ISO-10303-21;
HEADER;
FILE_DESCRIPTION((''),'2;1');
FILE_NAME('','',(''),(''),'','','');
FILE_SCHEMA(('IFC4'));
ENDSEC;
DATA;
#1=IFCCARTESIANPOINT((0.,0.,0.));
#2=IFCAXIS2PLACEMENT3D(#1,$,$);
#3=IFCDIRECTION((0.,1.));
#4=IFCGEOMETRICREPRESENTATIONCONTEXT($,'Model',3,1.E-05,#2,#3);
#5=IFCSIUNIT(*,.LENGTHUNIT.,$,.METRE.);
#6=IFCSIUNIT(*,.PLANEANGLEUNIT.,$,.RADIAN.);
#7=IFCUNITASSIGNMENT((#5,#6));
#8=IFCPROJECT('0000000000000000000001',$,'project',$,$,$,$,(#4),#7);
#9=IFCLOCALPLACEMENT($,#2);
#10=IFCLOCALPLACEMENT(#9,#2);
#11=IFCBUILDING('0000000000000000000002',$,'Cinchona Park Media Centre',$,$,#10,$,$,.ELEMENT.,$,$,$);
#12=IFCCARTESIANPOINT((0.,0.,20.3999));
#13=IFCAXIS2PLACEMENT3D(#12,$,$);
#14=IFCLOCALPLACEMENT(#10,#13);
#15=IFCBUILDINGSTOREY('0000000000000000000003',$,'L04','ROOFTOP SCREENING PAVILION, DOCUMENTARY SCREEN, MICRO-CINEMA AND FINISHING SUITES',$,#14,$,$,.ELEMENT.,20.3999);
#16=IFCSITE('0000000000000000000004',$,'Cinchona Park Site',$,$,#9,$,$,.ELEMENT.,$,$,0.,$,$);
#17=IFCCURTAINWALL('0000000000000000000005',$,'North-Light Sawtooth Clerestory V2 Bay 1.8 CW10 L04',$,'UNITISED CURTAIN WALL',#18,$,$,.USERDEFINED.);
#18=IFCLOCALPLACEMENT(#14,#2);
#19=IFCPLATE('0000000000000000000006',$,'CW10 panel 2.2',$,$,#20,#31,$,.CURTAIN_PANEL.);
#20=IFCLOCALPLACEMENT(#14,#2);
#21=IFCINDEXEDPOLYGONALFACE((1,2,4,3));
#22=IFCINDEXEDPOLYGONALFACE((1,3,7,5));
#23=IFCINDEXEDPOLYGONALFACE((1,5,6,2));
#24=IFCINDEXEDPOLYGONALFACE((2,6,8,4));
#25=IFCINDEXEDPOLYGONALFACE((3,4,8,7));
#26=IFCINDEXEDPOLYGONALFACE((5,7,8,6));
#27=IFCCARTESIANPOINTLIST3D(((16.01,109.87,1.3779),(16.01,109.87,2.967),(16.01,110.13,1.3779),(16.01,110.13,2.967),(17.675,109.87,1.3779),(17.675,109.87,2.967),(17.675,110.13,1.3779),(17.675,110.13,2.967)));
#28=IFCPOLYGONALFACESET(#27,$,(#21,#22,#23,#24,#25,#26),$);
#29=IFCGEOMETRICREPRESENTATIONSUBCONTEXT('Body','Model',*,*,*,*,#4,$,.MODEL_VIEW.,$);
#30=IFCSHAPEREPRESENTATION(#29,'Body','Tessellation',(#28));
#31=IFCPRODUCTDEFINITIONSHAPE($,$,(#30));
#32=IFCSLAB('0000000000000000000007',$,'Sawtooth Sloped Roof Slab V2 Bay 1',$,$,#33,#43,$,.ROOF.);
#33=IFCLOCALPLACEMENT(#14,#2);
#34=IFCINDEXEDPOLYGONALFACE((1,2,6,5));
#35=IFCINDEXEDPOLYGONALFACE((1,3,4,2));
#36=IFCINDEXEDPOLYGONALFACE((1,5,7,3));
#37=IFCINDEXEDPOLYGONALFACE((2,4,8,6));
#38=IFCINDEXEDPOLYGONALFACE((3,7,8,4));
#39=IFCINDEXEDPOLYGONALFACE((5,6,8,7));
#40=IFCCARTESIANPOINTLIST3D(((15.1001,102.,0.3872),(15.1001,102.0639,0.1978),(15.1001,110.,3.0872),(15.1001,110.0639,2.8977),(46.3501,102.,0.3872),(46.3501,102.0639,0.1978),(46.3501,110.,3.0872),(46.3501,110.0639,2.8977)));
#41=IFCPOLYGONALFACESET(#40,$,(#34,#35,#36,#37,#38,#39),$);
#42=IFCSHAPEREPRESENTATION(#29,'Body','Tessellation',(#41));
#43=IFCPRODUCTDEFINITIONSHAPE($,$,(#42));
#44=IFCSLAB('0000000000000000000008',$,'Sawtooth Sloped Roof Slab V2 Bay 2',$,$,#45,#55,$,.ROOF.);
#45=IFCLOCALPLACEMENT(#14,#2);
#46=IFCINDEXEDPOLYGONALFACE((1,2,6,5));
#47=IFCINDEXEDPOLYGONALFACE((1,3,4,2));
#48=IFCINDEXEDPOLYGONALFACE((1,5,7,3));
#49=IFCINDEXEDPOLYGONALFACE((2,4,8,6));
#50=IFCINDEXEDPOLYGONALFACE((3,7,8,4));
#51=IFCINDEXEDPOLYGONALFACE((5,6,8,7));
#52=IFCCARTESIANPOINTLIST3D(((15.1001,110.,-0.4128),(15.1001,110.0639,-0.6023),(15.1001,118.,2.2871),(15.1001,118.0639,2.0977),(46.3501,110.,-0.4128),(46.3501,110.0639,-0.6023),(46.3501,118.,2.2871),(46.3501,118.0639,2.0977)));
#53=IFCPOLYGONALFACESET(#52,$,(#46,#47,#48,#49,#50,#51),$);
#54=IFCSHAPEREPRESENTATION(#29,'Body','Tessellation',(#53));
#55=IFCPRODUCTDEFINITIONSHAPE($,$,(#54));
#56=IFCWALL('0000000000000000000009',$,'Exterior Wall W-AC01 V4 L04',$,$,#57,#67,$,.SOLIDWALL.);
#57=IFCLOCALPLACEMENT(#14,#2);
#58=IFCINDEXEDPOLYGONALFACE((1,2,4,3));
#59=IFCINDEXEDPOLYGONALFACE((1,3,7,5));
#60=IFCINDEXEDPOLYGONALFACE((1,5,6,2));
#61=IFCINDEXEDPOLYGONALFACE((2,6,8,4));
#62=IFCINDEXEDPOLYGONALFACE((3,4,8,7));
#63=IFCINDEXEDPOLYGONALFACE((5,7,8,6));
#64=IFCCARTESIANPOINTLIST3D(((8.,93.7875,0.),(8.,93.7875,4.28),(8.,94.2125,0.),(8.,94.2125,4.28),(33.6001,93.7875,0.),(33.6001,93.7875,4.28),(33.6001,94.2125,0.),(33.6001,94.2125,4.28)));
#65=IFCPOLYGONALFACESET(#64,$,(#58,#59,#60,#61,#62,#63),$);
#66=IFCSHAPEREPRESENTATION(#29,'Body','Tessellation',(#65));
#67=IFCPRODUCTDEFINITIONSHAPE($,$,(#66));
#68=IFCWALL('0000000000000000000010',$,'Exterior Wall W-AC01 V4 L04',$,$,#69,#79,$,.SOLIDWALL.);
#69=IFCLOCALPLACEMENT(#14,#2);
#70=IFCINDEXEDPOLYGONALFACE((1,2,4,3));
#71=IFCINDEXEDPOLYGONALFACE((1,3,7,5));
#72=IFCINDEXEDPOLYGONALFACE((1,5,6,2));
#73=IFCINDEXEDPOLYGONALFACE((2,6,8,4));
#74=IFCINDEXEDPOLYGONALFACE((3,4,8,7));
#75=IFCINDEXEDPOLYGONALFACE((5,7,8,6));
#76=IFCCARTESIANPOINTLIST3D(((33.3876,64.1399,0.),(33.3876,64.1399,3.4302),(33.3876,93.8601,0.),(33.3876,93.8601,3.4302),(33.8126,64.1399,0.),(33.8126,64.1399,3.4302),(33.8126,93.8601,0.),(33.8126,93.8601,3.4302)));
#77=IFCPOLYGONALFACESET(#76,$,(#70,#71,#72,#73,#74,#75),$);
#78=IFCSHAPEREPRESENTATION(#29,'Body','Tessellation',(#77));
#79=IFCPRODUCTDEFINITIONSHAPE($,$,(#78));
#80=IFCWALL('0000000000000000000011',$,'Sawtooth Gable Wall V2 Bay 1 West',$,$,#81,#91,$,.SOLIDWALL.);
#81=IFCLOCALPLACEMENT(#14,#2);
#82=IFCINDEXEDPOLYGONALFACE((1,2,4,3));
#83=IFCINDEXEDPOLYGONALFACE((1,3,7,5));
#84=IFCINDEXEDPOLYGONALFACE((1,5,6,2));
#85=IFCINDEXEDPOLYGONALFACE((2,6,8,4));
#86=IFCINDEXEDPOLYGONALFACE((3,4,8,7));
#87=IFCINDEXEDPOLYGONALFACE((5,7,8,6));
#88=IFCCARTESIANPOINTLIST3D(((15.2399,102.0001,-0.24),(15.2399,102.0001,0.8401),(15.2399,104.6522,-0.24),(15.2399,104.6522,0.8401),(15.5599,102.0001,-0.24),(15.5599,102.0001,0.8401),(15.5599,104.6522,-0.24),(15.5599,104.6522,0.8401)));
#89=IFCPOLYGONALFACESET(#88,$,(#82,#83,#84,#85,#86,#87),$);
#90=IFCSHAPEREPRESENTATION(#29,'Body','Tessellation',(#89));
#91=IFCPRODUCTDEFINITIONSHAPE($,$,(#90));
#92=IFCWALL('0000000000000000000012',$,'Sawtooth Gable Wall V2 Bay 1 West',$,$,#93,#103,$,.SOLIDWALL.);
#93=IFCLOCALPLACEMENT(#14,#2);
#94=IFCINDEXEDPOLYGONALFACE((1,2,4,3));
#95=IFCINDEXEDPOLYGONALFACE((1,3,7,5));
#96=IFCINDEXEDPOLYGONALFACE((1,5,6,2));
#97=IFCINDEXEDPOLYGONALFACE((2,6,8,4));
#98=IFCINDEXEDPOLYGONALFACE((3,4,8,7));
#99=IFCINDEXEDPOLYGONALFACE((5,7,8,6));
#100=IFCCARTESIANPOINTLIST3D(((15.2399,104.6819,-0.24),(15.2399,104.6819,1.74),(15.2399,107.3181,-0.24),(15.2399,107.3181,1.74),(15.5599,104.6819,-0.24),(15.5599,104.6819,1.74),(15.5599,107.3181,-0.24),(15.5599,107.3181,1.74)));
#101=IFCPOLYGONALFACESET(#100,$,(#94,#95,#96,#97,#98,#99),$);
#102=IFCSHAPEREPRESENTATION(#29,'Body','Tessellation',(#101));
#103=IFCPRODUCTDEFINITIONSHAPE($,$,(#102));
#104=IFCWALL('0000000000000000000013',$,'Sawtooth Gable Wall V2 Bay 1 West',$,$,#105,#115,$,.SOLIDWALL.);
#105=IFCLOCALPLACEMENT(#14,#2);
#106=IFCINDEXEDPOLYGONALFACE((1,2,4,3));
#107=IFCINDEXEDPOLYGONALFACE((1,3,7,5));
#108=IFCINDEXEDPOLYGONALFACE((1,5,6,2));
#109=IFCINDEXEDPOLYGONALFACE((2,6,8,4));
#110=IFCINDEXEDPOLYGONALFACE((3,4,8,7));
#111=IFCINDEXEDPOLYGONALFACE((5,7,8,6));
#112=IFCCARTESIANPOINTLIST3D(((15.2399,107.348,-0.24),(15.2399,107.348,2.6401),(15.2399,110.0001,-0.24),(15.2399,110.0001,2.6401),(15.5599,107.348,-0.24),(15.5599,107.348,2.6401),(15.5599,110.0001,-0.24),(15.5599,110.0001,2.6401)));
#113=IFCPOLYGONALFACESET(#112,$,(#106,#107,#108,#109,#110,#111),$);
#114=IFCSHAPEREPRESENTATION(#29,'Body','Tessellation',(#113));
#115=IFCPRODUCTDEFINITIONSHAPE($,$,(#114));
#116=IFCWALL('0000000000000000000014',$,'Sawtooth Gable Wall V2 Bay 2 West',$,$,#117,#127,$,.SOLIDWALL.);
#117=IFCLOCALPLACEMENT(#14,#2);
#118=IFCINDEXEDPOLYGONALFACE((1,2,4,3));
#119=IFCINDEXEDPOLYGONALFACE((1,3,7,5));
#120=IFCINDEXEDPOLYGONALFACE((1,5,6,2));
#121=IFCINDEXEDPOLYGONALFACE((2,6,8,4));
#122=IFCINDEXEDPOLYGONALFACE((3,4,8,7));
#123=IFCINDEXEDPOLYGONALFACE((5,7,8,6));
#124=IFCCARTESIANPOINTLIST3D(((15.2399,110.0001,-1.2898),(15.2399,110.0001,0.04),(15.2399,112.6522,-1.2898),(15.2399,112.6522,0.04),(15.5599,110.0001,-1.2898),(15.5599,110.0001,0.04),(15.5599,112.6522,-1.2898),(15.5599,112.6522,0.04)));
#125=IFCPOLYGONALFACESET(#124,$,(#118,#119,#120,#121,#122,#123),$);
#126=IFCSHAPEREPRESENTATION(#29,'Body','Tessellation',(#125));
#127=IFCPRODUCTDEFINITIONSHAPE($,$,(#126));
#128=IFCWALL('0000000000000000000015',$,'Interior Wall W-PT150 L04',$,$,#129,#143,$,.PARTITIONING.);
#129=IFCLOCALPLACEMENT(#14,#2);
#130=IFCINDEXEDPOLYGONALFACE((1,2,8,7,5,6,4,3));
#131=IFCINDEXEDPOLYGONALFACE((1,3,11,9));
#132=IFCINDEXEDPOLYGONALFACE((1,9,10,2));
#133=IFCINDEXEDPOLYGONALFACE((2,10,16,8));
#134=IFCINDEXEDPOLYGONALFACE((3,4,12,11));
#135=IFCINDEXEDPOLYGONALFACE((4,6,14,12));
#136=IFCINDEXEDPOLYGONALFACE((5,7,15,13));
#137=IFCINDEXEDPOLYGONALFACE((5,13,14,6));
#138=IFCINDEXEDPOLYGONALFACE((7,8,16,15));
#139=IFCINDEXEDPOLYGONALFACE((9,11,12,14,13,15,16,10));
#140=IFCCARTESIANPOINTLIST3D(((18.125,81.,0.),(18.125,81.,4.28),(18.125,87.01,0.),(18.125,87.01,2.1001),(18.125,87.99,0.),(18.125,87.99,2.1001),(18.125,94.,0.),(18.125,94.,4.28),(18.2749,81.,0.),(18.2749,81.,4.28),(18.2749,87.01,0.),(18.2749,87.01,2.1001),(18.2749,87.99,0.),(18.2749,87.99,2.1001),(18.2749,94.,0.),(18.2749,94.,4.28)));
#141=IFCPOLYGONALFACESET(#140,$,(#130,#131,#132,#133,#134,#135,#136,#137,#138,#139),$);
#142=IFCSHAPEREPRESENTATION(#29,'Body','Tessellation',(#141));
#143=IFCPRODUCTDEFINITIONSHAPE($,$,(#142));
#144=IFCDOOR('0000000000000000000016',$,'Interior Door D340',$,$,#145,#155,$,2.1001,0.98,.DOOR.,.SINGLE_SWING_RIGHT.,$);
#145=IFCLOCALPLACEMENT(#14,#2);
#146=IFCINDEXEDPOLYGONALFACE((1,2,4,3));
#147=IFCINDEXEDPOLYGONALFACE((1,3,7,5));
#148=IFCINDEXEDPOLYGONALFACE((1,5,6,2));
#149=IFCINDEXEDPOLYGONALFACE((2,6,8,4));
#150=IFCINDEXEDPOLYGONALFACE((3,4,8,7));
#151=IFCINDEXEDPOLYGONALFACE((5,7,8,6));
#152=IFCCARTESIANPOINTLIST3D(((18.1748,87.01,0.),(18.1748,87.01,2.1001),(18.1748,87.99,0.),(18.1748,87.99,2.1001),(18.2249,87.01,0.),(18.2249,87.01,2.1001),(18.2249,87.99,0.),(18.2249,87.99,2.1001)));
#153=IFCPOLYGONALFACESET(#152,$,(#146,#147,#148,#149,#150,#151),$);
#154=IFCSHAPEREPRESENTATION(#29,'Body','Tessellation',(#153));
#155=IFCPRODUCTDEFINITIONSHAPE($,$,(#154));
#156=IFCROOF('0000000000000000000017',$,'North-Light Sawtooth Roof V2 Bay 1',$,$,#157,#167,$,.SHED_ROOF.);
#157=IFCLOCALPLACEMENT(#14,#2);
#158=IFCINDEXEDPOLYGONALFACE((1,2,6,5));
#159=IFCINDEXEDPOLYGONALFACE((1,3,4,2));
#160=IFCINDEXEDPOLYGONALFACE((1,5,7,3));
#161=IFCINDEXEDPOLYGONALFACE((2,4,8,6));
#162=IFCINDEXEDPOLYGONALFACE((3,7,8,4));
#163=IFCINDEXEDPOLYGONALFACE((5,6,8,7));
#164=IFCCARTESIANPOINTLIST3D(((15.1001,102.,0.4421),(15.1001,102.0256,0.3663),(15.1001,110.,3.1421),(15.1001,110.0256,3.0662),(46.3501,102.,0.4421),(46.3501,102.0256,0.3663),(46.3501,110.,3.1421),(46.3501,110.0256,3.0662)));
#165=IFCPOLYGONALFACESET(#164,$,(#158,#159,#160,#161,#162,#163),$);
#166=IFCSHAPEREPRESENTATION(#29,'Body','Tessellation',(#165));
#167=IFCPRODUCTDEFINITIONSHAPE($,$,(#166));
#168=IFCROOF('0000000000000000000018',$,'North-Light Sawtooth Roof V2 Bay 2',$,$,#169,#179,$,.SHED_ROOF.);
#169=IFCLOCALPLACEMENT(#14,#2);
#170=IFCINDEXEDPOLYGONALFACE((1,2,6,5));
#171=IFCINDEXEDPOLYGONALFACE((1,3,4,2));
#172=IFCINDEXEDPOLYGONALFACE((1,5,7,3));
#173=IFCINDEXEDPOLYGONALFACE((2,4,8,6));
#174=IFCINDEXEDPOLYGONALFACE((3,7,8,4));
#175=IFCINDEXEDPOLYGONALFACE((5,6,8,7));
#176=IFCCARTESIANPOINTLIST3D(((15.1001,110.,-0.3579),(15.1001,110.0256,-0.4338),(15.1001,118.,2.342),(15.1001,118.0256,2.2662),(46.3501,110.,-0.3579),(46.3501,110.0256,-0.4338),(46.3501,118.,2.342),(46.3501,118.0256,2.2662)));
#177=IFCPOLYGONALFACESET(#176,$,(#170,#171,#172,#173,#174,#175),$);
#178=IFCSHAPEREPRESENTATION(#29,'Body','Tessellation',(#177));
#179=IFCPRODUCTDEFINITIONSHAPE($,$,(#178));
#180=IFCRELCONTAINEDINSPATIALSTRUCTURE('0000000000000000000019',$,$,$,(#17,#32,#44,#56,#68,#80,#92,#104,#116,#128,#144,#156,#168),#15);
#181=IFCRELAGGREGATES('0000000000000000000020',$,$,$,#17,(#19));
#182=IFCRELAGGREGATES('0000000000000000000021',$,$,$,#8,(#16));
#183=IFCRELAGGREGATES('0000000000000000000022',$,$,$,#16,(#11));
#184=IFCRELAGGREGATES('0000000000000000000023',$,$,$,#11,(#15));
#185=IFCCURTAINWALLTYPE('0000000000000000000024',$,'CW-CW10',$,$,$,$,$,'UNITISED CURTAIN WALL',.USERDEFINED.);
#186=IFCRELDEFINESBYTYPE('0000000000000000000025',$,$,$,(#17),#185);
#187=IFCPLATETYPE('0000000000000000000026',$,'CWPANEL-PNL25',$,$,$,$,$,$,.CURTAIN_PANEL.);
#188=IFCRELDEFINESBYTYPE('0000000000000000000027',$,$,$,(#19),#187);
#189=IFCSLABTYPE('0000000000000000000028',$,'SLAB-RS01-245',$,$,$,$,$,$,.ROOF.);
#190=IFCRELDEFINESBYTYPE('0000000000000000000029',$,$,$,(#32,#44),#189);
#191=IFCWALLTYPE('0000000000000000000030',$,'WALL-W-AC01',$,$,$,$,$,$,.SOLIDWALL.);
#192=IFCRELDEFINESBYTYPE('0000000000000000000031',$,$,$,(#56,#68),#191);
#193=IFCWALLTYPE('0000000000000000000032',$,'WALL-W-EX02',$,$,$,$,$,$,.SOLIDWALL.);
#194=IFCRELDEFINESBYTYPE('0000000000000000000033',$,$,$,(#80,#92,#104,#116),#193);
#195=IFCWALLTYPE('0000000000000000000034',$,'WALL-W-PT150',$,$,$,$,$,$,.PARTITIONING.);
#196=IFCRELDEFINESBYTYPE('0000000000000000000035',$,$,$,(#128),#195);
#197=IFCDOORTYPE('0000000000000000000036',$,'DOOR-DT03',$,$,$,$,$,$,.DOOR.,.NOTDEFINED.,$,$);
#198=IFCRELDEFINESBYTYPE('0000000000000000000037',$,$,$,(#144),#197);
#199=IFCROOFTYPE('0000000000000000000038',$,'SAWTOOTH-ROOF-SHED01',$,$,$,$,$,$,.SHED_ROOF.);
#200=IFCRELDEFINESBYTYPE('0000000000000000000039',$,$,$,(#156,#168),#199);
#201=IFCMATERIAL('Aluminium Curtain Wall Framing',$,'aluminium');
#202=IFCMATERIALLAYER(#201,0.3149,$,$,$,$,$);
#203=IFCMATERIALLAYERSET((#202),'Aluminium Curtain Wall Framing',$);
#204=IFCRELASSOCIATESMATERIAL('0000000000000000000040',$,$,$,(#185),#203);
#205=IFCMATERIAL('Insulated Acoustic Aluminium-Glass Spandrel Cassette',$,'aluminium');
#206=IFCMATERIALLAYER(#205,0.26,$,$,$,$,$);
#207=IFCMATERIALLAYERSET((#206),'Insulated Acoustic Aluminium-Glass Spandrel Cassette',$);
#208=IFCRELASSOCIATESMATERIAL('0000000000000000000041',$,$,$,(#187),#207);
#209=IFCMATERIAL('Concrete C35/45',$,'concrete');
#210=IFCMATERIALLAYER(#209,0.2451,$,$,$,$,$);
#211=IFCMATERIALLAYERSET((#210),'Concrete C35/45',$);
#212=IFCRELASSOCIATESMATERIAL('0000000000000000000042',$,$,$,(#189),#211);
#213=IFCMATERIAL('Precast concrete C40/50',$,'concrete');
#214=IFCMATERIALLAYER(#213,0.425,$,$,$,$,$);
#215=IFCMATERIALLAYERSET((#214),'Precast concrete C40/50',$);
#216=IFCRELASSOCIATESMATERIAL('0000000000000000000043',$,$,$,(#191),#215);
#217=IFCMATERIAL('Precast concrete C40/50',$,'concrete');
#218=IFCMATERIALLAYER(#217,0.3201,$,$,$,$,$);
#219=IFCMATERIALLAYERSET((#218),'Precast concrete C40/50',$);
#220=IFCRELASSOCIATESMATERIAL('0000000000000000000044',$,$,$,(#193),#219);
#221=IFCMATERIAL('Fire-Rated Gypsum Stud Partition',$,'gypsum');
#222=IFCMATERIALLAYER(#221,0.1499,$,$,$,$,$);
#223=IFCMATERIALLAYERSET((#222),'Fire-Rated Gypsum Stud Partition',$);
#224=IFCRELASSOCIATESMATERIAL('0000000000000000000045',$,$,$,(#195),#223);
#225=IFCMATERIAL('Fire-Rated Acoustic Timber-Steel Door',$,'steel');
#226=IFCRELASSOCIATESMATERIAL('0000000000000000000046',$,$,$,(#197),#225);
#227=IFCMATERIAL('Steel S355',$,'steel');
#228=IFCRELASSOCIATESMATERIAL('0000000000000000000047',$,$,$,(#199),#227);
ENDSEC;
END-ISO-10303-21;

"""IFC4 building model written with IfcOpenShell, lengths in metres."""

from ifc_helpers import new_model, si_unit, direction, frame, frame_2d, origin, origin_2d, place, context, subcontext, project, spatial, polyline, rectangle, outline, extrude, material, layer, layer_set, type_object, element, fill, aggregate, save


model = new_model("IFC4")

# Units and contexts
model_context = context("Model", 3, precision=1e-05, world=origin(), true_north=direction((0.0, 1.0)))
body_context = subcontext(model_context, "Body", "Model", "MODEL_VIEW")
ifc_project = project(units=[si_unit("LENGTHUNIT", "METRE"), si_unit("PLANEANGLEUNIT", "RADIAN")], contexts=[model_context])

# Site, building, storey
site_placement = place(None, origin())
site = spatial("IfcSite", under=ifc_project, at=site_placement, Name="Cinchona Park Site", CompositionType="ELEMENT", RefElevation=0.0)
building_placement = place(site_placement, origin())
building = spatial("IfcBuilding", under=site, at=building_placement, Name="Cinchona Park Media Centre", CompositionType="ELEMENT")
storey_placement = place(building_placement, frame((0.0, 0.0, 20.3999)))
storey = spatial("IfcBuildingStorey", under=building, at=storey_placement, Name="L04", Description="ROOFTOP SCREENING PAVILION, DOCUMENTARY SCREEN, MICRO-CINEMA AND FINISHING SUITES", CompositionType="ELEMENT", Elevation=20.3999)

# Curtain wall, plate
ifc_material_1 = material(Name="Aluminium Curtain Wall Framing", Category="aluminium")
ifc_layer_1 = layer(ifc_material_1, 0.3149)
ifc_layer_set_1 = layer_set([ifc_layer_1], Name="Aluminium Curtain Wall Framing")
curtain_wall_type = type_object("IfcCurtainWallType", Name="CW-CW10", ElementType="UNITISED CURTAIN WALL", PredefinedType="USERDEFINED", material=ifc_layer_set_1)
curtain_wall_placement = place(storey_placement, origin())
curtain_wall = element("IfcCurtainWall", 1, at=curtain_wall_placement, inside=storey, type_object=curtain_wall_type, Name="North-Light Sawtooth Clerestory V2 Bay 1.8 CW10 L04", ObjectType="UNITISED CURTAIN WALL", PredefinedType="USERDEFINED")
ifc_material_2 = material(Name="Insulated Acoustic Aluminium-Glass Spandrel Cassette", Category="aluminium")
ifc_layer_2 = layer(ifc_material_2, 0.26)
ifc_layer_set_2 = layer_set([ifc_layer_2], Name="Insulated Acoustic Aluminium-Glass Spandrel Cassette")
plate_type = type_object("IfcPlateType", Name="CWPANEL-PNL25", PredefinedType="CURTAIN_PANEL", material=ifc_layer_set_2)
plate_1_placement = place(storey_placement, frame((16.8425, 110.0, 1.3779), z_axis=(0.0, 0.0, 1.0), x_axis=(-1.0, 0.0, 0.0)))
plate_1 = element("IfcPlate", 2, at=plate_1_placement, type_object=plate_type, Name="CW10 panel 2.2", PredefinedType="CURTAIN_PANEL", context=body_context, shape_type="SweptSolid", body=[
    extrude(rectangle(XDim=1.665, YDim=0.26, at=origin_2d()), origin(), (0.0, 0.0, 1.0), 1.5891),
])
aggregate(curtain_wall, [plate_1])

# Slabs
ifc_material_3 = material(Name="Concrete C35/45", Category="concrete")
ifc_layer_3 = layer(ifc_material_3, 0.2451)
ifc_layer_set_3 = layer_set([ifc_layer_3], Name="Concrete C35/45")
slab_type = type_object("IfcSlabType", Name="SLAB-RS01-245", PredefinedType="ROOF", material=ifc_layer_set_3)
for number, where, z_axis, x_axis, name in (
    (3, (15.1001, 102.0, 0.3872), (0.0, -0.319773, 0.947494), (1.0, 0.0, 0.0), "Sawtooth Sloped Roof Slab V2 Bay 1"),
    (4, (15.1001, 110.0, -0.4128), (0.0, -0.319773, 0.947494), (1.0, 0.0, 0.0), "Sawtooth Sloped Roof Slab V2 Bay 2"),
):
    element("IfcSlab", number, at=place(storey_placement, frame(where, z_axis=z_axis, x_axis=x_axis)), inside=storey, type_object=slab_type, Name=name, PredefinedType="ROOF", context=body_context, shape_type="SweptSolid", body=[
        extrude(outline(polyline([(0.0, 0.0), (31.25, 0.0), (31.25, 8.4433), (0.0, 8.4433), (0.0, 0.0)])), origin(), (0.0, 0.0, -1.0), 0.2),
    ])

# Walls
ifc_material_4 = material(Name="Precast concrete C40/50", Category="concrete")
ifc_layer_4 = layer(ifc_material_4, 0.425)
ifc_layer_set_4 = layer_set([ifc_layer_4], Name="Precast concrete C40/50")
wall_type_1 = type_object("IfcWallType", Name="WALL-W-AC01", PredefinedType="SOLIDWALL", material=ifc_layer_set_4)
wall_1_placement = place(storey_placement, frame((8.0, 94.0, 0.0), z_axis=(0.0, 0.0, 1.0), x_axis=(1.0, 0.0, 0.0)))
element("IfcWall", 5, at=wall_1_placement, inside=storey, type_object=wall_type_1, Name="Exterior Wall W-AC01 V4 L04", PredefinedType="SOLIDWALL", context=body_context, shape_type="SweptSolid", body=[
    extrude(rectangle(XDim=25.6001, YDim=0.425, at=frame_2d((12.8, 0.0))), origin(), (0.0, 0.0, 1.0), 4.28),
])
wall_2_placement = place(storey_placement, frame((33.6001, 93.8601, 0.0), z_axis=(0.0, 0.0, 1.0), x_axis=(0.0, -1.0, 0.0)))
element("IfcWall", 6, at=wall_2_placement, inside=storey, type_object=wall_type_1, Name="Exterior Wall W-AC01 V4 L04", PredefinedType="SOLIDWALL", context=body_context, shape_type="SweptSolid", body=[
    extrude(rectangle(XDim=29.7202, YDim=0.425, at=frame_2d((14.8601, 0.0))), origin(), (0.0, 0.0, 1.0), 3.4302),
])
ifc_material_5 = material(Name="Precast concrete C40/50", Category="concrete")
ifc_layer_5 = layer(ifc_material_5, 0.3201)
ifc_layer_set_5 = layer_set([ifc_layer_5], Name="Precast concrete C40/50")
wall_type_2 = type_object("IfcWallType", Name="WALL-W-EX02", PredefinedType="SOLIDWALL", material=ifc_layer_set_5)
wall_3_placement = place(storey_placement, frame((15.3999, 102.0, -0.24), z_axis=(0.0, 0.0, 1.0), x_axis=(0.0, 1.0, 0.0)))
element("IfcWall", 7, at=wall_3_placement, inside=storey, type_object=wall_type_2, Name="Sawtooth Gable Wall V2 Bay 1 West", PredefinedType="SOLIDWALL", context=body_context, shape_type="SweptSolid", body=[
    extrude(rectangle(XDim=2.6521, YDim=0.3201, at=frame_2d((1.3262, 0.0))), origin(), (0.0, 0.0, 1.0), 1.0801),
])
wall_4_placement = place(storey_placement, frame((15.3999, 104.6819, -0.24), z_axis=(0.0, 0.0, 1.0), x_axis=(0.0, 1.0, 0.0)))
element("IfcWall", 8, at=wall_4_placement, inside=storey, type_object=wall_type_2, Name="Sawtooth Gable Wall V2 Bay 1 West", PredefinedType="SOLIDWALL", context=body_context, shape_type="SweptSolid", body=[
    extrude(rectangle(XDim=2.6362, YDim=0.3201, at=frame_2d((1.3181, 0.0))), origin(), (0.0, 0.0, 1.0), 1.98),
])
wall_5_placement = place(storey_placement, frame((15.3999, 107.3479, -0.24), z_axis=(0.0, 0.0, 1.0), x_axis=(0.0, 1.0, 0.0)))
element("IfcWall", 9, at=wall_5_placement, inside=storey, type_object=wall_type_2, Name="Sawtooth Gable Wall V2 Bay 1 West", PredefinedType="SOLIDWALL", context=body_context, shape_type="SweptSolid", body=[
    extrude(rectangle(XDim=2.6521, YDim=0.3201, at=frame_2d((1.3262, 0.0))), origin(), (0.0, 0.0, 1.0), 2.8801),
])
wall_6_placement = place(storey_placement, frame((15.3999, 110.0, -1.2898), z_axis=(0.0, 0.0, 1.0), x_axis=(0.0, 1.0, 0.0)))
element("IfcWall", 10, at=wall_6_placement, inside=storey, type_object=wall_type_2, Name="Sawtooth Gable Wall V2 Bay 2 West", PredefinedType="SOLIDWALL", context=body_context, shape_type="SweptSolid", body=[
    extrude(rectangle(XDim=2.6521, YDim=0.3201, at=frame_2d((1.3262, 0.0))), origin(), (0.0, 0.0, 1.0), 1.3298),
])

# Wall, opening, door
ifc_material_6 = material(Name="Fire-Rated Gypsum Stud Partition", Category="gypsum")
ifc_layer_6 = layer(ifc_material_6, 0.1499)
ifc_layer_set_6 = layer_set([ifc_layer_6], Name="Fire-Rated Gypsum Stud Partition")
wall_type_3 = type_object("IfcWallType", Name="WALL-W-PT150", PredefinedType="PARTITIONING", material=ifc_layer_set_6)
wall_7_placement = place(storey_placement, frame((18.2, 94.0, 0.0), z_axis=(0.0, 0.0, 1.0), x_axis=(0.0, -1.0, 0.0)))
wall_7 = element("IfcWall", 11, at=wall_7_placement, inside=storey, type_object=wall_type_3, Name="Interior Wall W-PT150 L04", PredefinedType="PARTITIONING", context=body_context, shape_type="SweptSolid", body=[
    extrude(rectangle(XDim=13.0, YDim=0.1499, at=frame_2d((6.5, 0.0))), origin(), (0.0, 0.0, 1.0), 4.28),
])
opening_placement = place(wall_7_placement, frame((6.01, 0.0, 0.0)))
opening = element("IfcOpeningElement", 12, at=opening_placement, cuts=wall_7, PredefinedType="OPENING", context=body_context, shape_type="SweptSolid", body=[
    extrude(rectangle(XDim=0.98, YDim=2.1001, at=frame_2d((0.49, 1.05))), frame((0.0, 0.085, 0.0), z_axis=(0.0, -1.0, 0.0), x_axis=(1.0, 0.0, 0.0)), (0.0, 0.0, 1.0), 0.1699),
])
ifc_material_7 = material(Name="Fire-Rated Acoustic Timber-Steel Door", Category="steel")
door_type = type_object("IfcDoorType", Name="DOOR-DT03", OperationType="NOTDEFINED", PredefinedType="DOOR", material=ifc_material_7)
door_placement = place(opening_placement, origin())
door = element("IfcDoor", 13, at=door_placement, inside=storey, type_object=door_type, Name="Interior Door D340", OperationType="SINGLE_SWING_RIGHT", OverallHeight=2.1001, OverallWidth=0.98, PredefinedType="DOOR", context=body_context, shape_type="SweptSolid", body=[
    extrude(rectangle(XDim=0.98, YDim=2.1001, at=frame_2d((0.49, 1.05))), frame((0.0, 0.0249, 0.0), z_axis=(0.0, -1.0, 0.0), x_axis=(1.0, 0.0, 0.0)), (0.0, 0.0, 1.0), 0.05),
])
fill(opening, door)

# Roofs
ifc_material_8 = material(Name="Steel S355", Category="steel")
roof_type = type_object("IfcRoofType", Name="SAWTOOTH-ROOF-SHED01", PredefinedType="SHED_ROOF", material=ifc_material_8)
for number, where, z_axis, x_axis, name in (
    (14, (15.1001, 102.0, 0.4421), (0.0, -0.319773, 0.947494), (1.0, 0.0, 0.0), "North-Light Sawtooth Roof V2 Bay 1"),
    (15, (15.1001, 110.0, -0.3579), (0.0, -0.319773, 0.947494), (1.0, 0.0, 0.0), "North-Light Sawtooth Roof V2 Bay 2"),
):
    element("IfcRoof", number, at=place(storey_placement, frame(where, z_axis=z_axis, x_axis=x_axis)), inside=storey, type_object=roof_type, Name=name, PredefinedType="SHED_ROOF", context=body_context, shape_type="SweptSolid", body=[
        extrude(outline(polyline([(0.0, 0.0), (31.25, 0.0), (31.25, 8.4433), (0.0, 8.4433), (0.0, 0.0)])), origin(), (0.0, 0.0, -1.0), 0.0801),
    ])

save(model, "model.ifc")
